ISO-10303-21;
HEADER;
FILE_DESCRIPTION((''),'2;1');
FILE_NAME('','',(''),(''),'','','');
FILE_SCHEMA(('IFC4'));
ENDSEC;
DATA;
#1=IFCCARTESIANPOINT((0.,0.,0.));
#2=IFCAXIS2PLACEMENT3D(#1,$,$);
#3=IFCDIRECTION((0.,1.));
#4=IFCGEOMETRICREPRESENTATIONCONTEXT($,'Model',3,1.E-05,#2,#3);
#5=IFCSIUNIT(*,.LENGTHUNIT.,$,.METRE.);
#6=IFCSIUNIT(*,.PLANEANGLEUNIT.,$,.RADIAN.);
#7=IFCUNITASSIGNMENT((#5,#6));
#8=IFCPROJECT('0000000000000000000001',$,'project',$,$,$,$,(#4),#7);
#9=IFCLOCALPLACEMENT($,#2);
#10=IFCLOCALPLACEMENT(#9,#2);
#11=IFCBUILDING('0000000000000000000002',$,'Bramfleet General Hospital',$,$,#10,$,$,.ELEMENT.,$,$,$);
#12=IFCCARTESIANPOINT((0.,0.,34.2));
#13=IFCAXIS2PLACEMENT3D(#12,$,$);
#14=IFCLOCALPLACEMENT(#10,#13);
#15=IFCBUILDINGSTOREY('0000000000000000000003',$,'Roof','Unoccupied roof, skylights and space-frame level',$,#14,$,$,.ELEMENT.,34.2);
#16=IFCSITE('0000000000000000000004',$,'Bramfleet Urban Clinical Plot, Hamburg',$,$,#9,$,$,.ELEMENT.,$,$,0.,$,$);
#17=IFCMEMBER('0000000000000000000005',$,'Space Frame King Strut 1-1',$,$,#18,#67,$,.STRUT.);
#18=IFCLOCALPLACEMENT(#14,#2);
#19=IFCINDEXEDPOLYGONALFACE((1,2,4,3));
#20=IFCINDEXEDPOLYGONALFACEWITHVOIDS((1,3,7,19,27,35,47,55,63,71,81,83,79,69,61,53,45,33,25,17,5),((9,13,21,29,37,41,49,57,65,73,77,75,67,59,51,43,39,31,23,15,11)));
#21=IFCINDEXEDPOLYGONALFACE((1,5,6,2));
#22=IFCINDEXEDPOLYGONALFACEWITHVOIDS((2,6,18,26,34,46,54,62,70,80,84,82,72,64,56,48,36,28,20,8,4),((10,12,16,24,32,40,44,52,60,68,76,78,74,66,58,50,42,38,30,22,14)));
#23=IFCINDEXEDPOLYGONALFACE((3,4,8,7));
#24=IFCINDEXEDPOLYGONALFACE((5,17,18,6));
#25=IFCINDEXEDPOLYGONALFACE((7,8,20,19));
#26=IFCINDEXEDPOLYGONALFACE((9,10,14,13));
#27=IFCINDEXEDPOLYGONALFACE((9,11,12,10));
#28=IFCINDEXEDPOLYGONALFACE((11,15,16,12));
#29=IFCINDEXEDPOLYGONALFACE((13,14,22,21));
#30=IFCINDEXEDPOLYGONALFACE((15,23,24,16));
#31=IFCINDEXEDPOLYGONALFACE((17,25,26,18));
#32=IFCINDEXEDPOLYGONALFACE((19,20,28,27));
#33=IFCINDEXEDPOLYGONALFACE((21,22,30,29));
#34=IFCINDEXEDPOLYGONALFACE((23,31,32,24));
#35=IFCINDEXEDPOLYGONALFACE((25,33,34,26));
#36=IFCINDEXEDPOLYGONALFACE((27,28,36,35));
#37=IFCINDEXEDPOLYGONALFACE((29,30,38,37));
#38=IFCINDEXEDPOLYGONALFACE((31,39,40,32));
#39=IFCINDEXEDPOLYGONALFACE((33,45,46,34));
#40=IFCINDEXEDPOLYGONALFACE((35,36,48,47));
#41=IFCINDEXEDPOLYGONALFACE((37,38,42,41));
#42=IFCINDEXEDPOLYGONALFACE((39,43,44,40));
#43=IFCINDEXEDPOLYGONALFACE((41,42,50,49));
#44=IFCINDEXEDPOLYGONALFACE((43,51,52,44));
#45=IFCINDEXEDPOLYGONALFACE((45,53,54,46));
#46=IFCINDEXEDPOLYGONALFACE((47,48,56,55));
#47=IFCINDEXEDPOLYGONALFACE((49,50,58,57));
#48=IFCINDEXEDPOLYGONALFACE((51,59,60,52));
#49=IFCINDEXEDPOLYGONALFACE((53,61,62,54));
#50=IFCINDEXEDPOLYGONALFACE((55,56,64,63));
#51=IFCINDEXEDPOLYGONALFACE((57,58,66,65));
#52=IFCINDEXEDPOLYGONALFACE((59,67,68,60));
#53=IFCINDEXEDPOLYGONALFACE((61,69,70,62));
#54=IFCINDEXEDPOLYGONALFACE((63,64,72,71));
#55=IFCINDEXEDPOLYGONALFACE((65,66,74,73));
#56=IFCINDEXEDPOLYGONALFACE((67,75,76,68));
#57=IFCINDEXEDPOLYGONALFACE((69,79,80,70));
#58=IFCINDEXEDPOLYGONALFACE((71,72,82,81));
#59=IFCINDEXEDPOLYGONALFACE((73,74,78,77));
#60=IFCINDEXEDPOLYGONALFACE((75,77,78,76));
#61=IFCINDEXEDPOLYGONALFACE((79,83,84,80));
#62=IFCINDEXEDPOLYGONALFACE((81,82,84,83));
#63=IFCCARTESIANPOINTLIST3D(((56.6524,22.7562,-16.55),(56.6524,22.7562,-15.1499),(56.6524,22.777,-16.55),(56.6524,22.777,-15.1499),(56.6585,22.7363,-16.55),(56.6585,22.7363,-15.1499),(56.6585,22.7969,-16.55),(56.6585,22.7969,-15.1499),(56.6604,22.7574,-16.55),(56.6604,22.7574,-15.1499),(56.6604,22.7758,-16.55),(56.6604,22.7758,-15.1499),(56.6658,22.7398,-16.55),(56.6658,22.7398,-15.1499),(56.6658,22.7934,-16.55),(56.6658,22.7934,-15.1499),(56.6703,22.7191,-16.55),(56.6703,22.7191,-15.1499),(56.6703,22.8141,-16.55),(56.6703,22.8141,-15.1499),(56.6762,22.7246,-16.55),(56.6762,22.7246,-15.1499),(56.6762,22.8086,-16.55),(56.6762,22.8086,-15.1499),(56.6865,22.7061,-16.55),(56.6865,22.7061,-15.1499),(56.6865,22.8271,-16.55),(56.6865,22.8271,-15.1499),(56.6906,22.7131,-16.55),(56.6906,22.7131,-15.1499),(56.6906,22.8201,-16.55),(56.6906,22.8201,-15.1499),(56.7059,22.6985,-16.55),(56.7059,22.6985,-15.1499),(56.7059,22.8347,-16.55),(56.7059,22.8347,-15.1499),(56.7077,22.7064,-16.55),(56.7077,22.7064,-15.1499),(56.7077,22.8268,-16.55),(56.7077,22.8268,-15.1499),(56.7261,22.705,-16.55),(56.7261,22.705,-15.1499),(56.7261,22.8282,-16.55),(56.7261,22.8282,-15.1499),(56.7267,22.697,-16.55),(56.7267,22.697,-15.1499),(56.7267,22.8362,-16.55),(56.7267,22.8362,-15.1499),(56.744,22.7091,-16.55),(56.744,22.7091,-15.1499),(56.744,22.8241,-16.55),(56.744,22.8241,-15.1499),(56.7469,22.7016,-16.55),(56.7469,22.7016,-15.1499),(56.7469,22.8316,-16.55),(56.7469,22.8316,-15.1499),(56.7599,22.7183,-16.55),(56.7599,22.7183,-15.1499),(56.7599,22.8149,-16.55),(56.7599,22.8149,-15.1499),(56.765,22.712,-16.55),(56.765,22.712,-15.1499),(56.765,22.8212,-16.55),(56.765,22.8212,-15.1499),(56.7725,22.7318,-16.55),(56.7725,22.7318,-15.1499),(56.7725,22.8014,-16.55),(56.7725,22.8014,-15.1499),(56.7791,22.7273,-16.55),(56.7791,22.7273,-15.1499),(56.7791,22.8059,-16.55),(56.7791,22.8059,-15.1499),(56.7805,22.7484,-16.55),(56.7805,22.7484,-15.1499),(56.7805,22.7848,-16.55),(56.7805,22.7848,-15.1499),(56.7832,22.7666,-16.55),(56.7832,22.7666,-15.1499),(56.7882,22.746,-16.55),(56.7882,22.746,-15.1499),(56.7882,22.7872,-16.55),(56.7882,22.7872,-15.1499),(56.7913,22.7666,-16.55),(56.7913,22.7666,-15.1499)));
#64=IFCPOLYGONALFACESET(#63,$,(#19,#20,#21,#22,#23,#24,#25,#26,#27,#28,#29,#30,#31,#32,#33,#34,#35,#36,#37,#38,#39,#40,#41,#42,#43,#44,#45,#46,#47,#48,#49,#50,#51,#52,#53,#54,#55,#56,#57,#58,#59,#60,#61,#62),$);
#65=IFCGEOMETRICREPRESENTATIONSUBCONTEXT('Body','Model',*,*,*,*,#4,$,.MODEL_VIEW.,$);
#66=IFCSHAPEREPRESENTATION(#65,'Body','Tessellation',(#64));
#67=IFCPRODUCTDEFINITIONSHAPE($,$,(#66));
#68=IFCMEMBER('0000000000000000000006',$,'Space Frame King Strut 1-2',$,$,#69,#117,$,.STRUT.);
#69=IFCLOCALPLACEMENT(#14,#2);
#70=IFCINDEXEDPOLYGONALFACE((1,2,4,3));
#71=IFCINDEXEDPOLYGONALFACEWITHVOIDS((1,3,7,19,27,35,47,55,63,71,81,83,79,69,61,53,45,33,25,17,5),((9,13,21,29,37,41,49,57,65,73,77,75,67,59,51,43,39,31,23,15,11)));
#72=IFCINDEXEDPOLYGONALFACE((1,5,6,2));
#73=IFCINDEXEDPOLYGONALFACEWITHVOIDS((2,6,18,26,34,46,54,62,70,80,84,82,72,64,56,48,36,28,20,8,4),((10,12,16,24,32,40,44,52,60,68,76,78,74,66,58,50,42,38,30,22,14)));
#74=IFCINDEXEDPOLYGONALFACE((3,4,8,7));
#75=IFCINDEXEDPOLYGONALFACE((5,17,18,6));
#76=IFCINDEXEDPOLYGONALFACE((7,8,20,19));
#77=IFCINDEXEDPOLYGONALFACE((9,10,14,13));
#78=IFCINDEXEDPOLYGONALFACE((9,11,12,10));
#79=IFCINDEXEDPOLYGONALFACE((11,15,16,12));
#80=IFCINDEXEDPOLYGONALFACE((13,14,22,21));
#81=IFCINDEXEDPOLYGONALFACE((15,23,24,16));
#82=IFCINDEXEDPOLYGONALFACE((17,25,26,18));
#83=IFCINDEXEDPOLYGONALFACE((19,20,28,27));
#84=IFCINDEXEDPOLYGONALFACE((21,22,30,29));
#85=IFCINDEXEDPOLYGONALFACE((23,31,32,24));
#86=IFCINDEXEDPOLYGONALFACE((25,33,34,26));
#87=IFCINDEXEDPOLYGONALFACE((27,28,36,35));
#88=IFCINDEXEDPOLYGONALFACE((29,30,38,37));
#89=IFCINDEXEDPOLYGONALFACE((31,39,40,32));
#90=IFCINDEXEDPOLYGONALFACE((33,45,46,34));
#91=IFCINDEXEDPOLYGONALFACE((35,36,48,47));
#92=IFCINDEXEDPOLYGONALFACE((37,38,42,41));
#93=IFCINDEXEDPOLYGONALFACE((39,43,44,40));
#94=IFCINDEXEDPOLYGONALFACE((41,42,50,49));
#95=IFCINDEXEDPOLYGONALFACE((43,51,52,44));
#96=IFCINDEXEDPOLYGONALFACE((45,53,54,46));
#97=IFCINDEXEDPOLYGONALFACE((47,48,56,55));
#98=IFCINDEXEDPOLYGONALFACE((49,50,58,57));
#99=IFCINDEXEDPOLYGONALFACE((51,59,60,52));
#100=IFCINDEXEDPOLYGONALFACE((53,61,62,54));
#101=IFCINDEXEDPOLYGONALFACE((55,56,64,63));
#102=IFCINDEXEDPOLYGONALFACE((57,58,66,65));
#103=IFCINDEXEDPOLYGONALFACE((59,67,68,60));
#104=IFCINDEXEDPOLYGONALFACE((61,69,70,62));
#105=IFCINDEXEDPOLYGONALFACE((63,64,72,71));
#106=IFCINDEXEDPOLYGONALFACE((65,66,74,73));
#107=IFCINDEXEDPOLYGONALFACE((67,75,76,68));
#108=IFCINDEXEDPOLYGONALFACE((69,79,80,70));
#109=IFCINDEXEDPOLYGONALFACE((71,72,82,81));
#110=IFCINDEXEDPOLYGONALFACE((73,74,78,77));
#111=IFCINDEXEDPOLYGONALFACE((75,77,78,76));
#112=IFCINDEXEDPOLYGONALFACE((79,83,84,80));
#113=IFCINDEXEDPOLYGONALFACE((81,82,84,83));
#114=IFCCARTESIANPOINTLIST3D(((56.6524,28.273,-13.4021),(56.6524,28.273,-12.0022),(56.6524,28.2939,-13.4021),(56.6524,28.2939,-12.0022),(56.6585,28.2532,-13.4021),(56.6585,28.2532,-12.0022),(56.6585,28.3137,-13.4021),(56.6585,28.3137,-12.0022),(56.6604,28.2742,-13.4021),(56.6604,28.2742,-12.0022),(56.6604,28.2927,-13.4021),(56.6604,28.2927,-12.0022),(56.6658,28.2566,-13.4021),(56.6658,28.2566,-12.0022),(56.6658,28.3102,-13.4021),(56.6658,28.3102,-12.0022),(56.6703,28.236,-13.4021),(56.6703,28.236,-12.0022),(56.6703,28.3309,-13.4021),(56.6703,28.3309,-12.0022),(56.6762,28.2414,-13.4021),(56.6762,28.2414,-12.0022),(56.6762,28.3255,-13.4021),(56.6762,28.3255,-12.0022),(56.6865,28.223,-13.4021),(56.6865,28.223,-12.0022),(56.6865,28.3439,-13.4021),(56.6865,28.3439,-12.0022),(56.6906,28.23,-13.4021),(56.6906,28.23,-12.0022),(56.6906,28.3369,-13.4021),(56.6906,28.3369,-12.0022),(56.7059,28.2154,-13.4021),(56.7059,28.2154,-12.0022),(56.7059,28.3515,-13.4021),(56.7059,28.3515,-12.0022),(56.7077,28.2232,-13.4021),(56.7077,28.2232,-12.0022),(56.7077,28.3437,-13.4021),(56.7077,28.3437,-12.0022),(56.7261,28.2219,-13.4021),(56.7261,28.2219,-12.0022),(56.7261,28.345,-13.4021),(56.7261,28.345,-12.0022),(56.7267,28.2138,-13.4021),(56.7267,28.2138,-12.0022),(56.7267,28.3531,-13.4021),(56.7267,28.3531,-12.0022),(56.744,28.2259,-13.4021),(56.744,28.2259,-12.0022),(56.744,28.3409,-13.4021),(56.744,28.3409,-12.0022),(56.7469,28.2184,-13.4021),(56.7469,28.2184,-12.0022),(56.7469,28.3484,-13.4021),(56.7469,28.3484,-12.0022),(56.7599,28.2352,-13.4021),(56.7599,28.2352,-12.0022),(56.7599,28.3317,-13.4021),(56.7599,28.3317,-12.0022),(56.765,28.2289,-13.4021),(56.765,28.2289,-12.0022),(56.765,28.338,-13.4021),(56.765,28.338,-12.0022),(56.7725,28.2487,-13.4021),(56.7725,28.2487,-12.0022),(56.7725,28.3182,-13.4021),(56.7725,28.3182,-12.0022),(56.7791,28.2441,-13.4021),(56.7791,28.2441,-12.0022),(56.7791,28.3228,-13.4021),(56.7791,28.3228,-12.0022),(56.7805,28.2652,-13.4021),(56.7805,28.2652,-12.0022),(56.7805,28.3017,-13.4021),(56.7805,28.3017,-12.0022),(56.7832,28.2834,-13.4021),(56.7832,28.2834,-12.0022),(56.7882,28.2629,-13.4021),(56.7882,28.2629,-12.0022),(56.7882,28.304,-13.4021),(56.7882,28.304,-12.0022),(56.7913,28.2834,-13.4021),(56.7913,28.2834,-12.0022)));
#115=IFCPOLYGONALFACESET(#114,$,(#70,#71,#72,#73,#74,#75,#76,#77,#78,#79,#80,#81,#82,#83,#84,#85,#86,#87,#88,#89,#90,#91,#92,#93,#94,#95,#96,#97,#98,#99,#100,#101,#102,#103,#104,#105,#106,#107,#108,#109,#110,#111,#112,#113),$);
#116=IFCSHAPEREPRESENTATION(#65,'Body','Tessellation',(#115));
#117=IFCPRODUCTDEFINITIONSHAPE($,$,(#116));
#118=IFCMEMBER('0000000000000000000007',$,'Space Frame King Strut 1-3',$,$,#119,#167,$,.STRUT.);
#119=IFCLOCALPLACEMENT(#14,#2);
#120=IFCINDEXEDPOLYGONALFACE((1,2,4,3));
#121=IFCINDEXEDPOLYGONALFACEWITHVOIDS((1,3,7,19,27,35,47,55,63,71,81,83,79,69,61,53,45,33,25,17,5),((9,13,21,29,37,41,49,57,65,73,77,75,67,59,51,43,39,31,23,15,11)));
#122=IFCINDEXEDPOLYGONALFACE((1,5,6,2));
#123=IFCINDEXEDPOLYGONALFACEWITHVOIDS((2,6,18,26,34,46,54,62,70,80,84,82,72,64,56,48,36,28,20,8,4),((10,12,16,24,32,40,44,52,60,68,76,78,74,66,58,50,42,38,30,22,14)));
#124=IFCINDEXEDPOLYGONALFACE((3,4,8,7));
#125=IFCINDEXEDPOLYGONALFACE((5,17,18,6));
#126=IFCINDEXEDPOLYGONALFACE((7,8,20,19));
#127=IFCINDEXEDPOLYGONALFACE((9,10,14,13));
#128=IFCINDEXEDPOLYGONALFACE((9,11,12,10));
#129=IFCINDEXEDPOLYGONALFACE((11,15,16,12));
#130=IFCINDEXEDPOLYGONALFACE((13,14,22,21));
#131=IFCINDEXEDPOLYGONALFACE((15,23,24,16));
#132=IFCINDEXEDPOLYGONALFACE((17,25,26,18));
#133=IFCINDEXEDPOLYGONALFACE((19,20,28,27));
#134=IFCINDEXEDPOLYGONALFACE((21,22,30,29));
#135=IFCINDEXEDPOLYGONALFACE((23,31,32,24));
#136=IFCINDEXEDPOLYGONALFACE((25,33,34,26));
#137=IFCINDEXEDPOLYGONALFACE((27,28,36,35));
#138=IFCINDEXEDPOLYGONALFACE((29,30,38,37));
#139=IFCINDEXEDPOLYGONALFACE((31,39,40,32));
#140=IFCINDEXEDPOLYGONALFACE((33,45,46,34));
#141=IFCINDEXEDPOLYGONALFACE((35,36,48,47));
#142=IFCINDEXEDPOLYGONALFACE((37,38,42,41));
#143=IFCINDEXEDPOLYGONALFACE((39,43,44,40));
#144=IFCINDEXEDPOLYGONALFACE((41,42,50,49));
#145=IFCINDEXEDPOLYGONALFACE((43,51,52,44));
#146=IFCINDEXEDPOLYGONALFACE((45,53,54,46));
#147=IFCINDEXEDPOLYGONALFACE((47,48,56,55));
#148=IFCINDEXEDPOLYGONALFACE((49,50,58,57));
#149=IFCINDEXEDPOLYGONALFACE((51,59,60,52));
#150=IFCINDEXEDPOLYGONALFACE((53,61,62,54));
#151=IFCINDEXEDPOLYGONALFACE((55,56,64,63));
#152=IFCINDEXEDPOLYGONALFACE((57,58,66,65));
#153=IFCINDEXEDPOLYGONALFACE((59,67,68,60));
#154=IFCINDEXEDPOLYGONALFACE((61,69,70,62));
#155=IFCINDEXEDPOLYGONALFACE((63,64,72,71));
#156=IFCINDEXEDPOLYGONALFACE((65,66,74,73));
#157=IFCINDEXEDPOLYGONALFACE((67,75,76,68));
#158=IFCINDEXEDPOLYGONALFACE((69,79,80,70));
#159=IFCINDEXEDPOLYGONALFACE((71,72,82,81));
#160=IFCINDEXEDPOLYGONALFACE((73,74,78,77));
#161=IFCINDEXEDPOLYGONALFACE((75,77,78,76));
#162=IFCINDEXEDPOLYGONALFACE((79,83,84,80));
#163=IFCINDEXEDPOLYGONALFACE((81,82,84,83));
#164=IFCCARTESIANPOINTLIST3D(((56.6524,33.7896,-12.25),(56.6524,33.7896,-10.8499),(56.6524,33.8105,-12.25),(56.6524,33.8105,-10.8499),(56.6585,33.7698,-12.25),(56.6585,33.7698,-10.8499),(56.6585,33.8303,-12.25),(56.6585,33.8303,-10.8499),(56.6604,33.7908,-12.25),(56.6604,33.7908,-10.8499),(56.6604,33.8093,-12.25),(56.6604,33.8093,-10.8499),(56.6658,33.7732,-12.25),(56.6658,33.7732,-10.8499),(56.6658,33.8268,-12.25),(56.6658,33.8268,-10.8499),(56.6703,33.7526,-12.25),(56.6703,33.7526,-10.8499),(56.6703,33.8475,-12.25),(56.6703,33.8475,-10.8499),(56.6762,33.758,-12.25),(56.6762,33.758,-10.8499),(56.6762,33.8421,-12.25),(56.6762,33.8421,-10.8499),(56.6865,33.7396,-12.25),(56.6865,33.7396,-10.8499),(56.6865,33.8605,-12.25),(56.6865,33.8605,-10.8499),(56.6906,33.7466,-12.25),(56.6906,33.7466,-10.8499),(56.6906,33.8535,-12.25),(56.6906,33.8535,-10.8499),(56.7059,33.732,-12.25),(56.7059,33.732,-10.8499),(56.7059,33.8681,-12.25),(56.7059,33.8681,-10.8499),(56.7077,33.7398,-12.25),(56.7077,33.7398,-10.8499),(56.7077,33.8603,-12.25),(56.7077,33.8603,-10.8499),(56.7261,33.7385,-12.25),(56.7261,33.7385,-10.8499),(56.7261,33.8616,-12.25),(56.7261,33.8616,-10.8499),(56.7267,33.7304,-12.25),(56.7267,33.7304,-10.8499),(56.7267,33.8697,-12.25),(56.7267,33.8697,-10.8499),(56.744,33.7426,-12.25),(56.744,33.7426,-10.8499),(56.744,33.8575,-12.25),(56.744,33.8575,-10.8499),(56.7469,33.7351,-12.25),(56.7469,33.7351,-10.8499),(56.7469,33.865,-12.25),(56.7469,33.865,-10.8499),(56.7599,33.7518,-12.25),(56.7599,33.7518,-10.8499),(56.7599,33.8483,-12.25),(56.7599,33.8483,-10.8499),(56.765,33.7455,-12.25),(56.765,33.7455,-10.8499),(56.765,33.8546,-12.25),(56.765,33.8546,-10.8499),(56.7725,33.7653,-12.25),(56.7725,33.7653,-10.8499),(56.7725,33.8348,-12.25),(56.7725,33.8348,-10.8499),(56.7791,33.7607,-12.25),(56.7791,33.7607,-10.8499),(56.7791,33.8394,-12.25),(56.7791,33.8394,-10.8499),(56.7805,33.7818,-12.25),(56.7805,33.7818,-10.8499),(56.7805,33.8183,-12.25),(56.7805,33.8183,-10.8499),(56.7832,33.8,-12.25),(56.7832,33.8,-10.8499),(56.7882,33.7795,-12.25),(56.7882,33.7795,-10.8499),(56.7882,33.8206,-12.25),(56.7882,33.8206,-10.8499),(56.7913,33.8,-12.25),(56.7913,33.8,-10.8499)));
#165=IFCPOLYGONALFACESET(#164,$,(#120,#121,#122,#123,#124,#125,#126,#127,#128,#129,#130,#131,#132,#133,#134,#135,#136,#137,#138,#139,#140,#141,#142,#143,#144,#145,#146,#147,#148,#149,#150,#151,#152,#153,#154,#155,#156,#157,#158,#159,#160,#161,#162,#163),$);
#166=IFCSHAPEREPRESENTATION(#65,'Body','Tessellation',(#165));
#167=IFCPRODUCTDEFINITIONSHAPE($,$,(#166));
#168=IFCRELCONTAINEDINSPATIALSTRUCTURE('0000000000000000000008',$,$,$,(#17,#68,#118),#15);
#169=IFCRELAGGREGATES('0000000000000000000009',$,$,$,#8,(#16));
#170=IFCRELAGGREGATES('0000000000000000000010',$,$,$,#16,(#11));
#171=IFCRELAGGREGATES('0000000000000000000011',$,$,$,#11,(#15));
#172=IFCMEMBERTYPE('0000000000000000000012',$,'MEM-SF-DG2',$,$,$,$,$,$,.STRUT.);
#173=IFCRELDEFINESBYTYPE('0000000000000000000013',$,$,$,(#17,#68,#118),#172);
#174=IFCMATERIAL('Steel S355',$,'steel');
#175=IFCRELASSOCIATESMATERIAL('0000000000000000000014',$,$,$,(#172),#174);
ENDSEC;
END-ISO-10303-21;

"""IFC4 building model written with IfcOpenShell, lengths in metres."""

from ifc_helpers import new_model, si_unit, direction, frame, origin, origin_2d, place, context, subcontext, project, spatial, hollow_circle, extrude, material, material_profile, profile_set, type_object, element, save


model = new_model("IFC4")

# Units and contexts
model_context = context("Model", 3, precision=1e-05, world=origin(), true_north=direction((0.0, 1.0)))
body_context = subcontext(model_context, "Body", "Model", "MODEL_VIEW")
ifc_project = project(units=[si_unit("LENGTHUNIT", "METRE"), si_unit("PLANEANGLEUNIT", "RADIAN")], contexts=[model_context])

# Site, building, storey
site_placement = place(None, origin())
site = spatial("IfcSite", under=ifc_project, at=site_placement, Name="Bramfleet Urban Clinical Plot, Hamburg", CompositionType="ELEMENT", RefElevation=0.0)
building_placement = place(site_placement, origin())
building = spatial("IfcBuilding", under=site, at=building_placement, Name="Bramfleet General Hospital", CompositionType="ELEMENT")
storey_placement = place(building_placement, frame((0.0, 0.0, 34.2)))
storey = spatial("IfcBuildingStorey", under=building, at=storey_placement, Name="Roof", Description="Unoccupied roof, skylights and space-frame level", CompositionType="ELEMENT", Elevation=34.2)

# Members
ifc_material = material(Name="Steel S355", Category="steel")
ifc_material_profile_1 = material_profile(ifc_material, hollow_circle(Radius=0.0698, WallThickness=0.0081, at=origin_2d()), Name="CHS 139.7x8.0")
ifc_profile_set_1 = profile_set([ifc_material_profile_1], Name="Steel S355")
member_type_1 = type_object("IfcMemberType", Name="MEM-SF-DG2", PredefinedType="STRUT", material=ifc_profile_set_1)
member_1_placement = place(storey_placement, frame((56.7214, 22.7666, -16.55), z_axis=(0.0, 0.0, 1.0), x_axis=(1.0, 0.0, 0.0)))
element("IfcMember", 1, at=member_1_placement, inside=storey, type_object=member_type_1, Name="Space Frame King Strut 1-1", PredefinedType="STRUT", context=body_context, shape_type="SweptSolid", body=[
    extrude(hollow_circle(Radius=0.0698, WallThickness=0.0081, at=origin_2d()), origin(), (0.0, 0.0, 1.0), 1.4001),
])
member_2_placement = place(storey_placement, frame((56.7214, 28.2834, -13.4021), z_axis=(0.0, 0.0, 1.0), x_axis=(1.0, 0.0, 0.0)))
element("IfcMember", 2, at=member_2_placement, inside=storey, type_object=member_type_1, Name="Space Frame King Strut 1-2", PredefinedType="STRUT", context=body_context, shape_type="SweptSolid", body=[
    extrude(hollow_circle(Radius=0.0698, WallThickness=0.0081, at=origin_2d()), origin(), (0.0, 0.0, 1.0), 1.3999),
])
for number, where, z_axis, x_axis, name in (
    (3, (56.7214, 33.8, -12.25), (0.0, 0.0, 1.0), (1.0, 0.0, 0.0), "Space Frame King Strut 1-3"),
):
    element("IfcMember", number, at=place(storey_placement, frame(where, z_axis=z_axis, x_axis=x_axis)), inside=storey, type_object=member_type_1, Name=name, PredefinedType="STRUT", context=body_context, shape_type="SweptSolid", body=[
        extrude(hollow_circle(Radius=0.0698, WallThickness=0.0081, at=origin_2d()), origin(), (0.0, 0.0, 1.0), 1.4001),
    ])

save(model, "model.ifc")
